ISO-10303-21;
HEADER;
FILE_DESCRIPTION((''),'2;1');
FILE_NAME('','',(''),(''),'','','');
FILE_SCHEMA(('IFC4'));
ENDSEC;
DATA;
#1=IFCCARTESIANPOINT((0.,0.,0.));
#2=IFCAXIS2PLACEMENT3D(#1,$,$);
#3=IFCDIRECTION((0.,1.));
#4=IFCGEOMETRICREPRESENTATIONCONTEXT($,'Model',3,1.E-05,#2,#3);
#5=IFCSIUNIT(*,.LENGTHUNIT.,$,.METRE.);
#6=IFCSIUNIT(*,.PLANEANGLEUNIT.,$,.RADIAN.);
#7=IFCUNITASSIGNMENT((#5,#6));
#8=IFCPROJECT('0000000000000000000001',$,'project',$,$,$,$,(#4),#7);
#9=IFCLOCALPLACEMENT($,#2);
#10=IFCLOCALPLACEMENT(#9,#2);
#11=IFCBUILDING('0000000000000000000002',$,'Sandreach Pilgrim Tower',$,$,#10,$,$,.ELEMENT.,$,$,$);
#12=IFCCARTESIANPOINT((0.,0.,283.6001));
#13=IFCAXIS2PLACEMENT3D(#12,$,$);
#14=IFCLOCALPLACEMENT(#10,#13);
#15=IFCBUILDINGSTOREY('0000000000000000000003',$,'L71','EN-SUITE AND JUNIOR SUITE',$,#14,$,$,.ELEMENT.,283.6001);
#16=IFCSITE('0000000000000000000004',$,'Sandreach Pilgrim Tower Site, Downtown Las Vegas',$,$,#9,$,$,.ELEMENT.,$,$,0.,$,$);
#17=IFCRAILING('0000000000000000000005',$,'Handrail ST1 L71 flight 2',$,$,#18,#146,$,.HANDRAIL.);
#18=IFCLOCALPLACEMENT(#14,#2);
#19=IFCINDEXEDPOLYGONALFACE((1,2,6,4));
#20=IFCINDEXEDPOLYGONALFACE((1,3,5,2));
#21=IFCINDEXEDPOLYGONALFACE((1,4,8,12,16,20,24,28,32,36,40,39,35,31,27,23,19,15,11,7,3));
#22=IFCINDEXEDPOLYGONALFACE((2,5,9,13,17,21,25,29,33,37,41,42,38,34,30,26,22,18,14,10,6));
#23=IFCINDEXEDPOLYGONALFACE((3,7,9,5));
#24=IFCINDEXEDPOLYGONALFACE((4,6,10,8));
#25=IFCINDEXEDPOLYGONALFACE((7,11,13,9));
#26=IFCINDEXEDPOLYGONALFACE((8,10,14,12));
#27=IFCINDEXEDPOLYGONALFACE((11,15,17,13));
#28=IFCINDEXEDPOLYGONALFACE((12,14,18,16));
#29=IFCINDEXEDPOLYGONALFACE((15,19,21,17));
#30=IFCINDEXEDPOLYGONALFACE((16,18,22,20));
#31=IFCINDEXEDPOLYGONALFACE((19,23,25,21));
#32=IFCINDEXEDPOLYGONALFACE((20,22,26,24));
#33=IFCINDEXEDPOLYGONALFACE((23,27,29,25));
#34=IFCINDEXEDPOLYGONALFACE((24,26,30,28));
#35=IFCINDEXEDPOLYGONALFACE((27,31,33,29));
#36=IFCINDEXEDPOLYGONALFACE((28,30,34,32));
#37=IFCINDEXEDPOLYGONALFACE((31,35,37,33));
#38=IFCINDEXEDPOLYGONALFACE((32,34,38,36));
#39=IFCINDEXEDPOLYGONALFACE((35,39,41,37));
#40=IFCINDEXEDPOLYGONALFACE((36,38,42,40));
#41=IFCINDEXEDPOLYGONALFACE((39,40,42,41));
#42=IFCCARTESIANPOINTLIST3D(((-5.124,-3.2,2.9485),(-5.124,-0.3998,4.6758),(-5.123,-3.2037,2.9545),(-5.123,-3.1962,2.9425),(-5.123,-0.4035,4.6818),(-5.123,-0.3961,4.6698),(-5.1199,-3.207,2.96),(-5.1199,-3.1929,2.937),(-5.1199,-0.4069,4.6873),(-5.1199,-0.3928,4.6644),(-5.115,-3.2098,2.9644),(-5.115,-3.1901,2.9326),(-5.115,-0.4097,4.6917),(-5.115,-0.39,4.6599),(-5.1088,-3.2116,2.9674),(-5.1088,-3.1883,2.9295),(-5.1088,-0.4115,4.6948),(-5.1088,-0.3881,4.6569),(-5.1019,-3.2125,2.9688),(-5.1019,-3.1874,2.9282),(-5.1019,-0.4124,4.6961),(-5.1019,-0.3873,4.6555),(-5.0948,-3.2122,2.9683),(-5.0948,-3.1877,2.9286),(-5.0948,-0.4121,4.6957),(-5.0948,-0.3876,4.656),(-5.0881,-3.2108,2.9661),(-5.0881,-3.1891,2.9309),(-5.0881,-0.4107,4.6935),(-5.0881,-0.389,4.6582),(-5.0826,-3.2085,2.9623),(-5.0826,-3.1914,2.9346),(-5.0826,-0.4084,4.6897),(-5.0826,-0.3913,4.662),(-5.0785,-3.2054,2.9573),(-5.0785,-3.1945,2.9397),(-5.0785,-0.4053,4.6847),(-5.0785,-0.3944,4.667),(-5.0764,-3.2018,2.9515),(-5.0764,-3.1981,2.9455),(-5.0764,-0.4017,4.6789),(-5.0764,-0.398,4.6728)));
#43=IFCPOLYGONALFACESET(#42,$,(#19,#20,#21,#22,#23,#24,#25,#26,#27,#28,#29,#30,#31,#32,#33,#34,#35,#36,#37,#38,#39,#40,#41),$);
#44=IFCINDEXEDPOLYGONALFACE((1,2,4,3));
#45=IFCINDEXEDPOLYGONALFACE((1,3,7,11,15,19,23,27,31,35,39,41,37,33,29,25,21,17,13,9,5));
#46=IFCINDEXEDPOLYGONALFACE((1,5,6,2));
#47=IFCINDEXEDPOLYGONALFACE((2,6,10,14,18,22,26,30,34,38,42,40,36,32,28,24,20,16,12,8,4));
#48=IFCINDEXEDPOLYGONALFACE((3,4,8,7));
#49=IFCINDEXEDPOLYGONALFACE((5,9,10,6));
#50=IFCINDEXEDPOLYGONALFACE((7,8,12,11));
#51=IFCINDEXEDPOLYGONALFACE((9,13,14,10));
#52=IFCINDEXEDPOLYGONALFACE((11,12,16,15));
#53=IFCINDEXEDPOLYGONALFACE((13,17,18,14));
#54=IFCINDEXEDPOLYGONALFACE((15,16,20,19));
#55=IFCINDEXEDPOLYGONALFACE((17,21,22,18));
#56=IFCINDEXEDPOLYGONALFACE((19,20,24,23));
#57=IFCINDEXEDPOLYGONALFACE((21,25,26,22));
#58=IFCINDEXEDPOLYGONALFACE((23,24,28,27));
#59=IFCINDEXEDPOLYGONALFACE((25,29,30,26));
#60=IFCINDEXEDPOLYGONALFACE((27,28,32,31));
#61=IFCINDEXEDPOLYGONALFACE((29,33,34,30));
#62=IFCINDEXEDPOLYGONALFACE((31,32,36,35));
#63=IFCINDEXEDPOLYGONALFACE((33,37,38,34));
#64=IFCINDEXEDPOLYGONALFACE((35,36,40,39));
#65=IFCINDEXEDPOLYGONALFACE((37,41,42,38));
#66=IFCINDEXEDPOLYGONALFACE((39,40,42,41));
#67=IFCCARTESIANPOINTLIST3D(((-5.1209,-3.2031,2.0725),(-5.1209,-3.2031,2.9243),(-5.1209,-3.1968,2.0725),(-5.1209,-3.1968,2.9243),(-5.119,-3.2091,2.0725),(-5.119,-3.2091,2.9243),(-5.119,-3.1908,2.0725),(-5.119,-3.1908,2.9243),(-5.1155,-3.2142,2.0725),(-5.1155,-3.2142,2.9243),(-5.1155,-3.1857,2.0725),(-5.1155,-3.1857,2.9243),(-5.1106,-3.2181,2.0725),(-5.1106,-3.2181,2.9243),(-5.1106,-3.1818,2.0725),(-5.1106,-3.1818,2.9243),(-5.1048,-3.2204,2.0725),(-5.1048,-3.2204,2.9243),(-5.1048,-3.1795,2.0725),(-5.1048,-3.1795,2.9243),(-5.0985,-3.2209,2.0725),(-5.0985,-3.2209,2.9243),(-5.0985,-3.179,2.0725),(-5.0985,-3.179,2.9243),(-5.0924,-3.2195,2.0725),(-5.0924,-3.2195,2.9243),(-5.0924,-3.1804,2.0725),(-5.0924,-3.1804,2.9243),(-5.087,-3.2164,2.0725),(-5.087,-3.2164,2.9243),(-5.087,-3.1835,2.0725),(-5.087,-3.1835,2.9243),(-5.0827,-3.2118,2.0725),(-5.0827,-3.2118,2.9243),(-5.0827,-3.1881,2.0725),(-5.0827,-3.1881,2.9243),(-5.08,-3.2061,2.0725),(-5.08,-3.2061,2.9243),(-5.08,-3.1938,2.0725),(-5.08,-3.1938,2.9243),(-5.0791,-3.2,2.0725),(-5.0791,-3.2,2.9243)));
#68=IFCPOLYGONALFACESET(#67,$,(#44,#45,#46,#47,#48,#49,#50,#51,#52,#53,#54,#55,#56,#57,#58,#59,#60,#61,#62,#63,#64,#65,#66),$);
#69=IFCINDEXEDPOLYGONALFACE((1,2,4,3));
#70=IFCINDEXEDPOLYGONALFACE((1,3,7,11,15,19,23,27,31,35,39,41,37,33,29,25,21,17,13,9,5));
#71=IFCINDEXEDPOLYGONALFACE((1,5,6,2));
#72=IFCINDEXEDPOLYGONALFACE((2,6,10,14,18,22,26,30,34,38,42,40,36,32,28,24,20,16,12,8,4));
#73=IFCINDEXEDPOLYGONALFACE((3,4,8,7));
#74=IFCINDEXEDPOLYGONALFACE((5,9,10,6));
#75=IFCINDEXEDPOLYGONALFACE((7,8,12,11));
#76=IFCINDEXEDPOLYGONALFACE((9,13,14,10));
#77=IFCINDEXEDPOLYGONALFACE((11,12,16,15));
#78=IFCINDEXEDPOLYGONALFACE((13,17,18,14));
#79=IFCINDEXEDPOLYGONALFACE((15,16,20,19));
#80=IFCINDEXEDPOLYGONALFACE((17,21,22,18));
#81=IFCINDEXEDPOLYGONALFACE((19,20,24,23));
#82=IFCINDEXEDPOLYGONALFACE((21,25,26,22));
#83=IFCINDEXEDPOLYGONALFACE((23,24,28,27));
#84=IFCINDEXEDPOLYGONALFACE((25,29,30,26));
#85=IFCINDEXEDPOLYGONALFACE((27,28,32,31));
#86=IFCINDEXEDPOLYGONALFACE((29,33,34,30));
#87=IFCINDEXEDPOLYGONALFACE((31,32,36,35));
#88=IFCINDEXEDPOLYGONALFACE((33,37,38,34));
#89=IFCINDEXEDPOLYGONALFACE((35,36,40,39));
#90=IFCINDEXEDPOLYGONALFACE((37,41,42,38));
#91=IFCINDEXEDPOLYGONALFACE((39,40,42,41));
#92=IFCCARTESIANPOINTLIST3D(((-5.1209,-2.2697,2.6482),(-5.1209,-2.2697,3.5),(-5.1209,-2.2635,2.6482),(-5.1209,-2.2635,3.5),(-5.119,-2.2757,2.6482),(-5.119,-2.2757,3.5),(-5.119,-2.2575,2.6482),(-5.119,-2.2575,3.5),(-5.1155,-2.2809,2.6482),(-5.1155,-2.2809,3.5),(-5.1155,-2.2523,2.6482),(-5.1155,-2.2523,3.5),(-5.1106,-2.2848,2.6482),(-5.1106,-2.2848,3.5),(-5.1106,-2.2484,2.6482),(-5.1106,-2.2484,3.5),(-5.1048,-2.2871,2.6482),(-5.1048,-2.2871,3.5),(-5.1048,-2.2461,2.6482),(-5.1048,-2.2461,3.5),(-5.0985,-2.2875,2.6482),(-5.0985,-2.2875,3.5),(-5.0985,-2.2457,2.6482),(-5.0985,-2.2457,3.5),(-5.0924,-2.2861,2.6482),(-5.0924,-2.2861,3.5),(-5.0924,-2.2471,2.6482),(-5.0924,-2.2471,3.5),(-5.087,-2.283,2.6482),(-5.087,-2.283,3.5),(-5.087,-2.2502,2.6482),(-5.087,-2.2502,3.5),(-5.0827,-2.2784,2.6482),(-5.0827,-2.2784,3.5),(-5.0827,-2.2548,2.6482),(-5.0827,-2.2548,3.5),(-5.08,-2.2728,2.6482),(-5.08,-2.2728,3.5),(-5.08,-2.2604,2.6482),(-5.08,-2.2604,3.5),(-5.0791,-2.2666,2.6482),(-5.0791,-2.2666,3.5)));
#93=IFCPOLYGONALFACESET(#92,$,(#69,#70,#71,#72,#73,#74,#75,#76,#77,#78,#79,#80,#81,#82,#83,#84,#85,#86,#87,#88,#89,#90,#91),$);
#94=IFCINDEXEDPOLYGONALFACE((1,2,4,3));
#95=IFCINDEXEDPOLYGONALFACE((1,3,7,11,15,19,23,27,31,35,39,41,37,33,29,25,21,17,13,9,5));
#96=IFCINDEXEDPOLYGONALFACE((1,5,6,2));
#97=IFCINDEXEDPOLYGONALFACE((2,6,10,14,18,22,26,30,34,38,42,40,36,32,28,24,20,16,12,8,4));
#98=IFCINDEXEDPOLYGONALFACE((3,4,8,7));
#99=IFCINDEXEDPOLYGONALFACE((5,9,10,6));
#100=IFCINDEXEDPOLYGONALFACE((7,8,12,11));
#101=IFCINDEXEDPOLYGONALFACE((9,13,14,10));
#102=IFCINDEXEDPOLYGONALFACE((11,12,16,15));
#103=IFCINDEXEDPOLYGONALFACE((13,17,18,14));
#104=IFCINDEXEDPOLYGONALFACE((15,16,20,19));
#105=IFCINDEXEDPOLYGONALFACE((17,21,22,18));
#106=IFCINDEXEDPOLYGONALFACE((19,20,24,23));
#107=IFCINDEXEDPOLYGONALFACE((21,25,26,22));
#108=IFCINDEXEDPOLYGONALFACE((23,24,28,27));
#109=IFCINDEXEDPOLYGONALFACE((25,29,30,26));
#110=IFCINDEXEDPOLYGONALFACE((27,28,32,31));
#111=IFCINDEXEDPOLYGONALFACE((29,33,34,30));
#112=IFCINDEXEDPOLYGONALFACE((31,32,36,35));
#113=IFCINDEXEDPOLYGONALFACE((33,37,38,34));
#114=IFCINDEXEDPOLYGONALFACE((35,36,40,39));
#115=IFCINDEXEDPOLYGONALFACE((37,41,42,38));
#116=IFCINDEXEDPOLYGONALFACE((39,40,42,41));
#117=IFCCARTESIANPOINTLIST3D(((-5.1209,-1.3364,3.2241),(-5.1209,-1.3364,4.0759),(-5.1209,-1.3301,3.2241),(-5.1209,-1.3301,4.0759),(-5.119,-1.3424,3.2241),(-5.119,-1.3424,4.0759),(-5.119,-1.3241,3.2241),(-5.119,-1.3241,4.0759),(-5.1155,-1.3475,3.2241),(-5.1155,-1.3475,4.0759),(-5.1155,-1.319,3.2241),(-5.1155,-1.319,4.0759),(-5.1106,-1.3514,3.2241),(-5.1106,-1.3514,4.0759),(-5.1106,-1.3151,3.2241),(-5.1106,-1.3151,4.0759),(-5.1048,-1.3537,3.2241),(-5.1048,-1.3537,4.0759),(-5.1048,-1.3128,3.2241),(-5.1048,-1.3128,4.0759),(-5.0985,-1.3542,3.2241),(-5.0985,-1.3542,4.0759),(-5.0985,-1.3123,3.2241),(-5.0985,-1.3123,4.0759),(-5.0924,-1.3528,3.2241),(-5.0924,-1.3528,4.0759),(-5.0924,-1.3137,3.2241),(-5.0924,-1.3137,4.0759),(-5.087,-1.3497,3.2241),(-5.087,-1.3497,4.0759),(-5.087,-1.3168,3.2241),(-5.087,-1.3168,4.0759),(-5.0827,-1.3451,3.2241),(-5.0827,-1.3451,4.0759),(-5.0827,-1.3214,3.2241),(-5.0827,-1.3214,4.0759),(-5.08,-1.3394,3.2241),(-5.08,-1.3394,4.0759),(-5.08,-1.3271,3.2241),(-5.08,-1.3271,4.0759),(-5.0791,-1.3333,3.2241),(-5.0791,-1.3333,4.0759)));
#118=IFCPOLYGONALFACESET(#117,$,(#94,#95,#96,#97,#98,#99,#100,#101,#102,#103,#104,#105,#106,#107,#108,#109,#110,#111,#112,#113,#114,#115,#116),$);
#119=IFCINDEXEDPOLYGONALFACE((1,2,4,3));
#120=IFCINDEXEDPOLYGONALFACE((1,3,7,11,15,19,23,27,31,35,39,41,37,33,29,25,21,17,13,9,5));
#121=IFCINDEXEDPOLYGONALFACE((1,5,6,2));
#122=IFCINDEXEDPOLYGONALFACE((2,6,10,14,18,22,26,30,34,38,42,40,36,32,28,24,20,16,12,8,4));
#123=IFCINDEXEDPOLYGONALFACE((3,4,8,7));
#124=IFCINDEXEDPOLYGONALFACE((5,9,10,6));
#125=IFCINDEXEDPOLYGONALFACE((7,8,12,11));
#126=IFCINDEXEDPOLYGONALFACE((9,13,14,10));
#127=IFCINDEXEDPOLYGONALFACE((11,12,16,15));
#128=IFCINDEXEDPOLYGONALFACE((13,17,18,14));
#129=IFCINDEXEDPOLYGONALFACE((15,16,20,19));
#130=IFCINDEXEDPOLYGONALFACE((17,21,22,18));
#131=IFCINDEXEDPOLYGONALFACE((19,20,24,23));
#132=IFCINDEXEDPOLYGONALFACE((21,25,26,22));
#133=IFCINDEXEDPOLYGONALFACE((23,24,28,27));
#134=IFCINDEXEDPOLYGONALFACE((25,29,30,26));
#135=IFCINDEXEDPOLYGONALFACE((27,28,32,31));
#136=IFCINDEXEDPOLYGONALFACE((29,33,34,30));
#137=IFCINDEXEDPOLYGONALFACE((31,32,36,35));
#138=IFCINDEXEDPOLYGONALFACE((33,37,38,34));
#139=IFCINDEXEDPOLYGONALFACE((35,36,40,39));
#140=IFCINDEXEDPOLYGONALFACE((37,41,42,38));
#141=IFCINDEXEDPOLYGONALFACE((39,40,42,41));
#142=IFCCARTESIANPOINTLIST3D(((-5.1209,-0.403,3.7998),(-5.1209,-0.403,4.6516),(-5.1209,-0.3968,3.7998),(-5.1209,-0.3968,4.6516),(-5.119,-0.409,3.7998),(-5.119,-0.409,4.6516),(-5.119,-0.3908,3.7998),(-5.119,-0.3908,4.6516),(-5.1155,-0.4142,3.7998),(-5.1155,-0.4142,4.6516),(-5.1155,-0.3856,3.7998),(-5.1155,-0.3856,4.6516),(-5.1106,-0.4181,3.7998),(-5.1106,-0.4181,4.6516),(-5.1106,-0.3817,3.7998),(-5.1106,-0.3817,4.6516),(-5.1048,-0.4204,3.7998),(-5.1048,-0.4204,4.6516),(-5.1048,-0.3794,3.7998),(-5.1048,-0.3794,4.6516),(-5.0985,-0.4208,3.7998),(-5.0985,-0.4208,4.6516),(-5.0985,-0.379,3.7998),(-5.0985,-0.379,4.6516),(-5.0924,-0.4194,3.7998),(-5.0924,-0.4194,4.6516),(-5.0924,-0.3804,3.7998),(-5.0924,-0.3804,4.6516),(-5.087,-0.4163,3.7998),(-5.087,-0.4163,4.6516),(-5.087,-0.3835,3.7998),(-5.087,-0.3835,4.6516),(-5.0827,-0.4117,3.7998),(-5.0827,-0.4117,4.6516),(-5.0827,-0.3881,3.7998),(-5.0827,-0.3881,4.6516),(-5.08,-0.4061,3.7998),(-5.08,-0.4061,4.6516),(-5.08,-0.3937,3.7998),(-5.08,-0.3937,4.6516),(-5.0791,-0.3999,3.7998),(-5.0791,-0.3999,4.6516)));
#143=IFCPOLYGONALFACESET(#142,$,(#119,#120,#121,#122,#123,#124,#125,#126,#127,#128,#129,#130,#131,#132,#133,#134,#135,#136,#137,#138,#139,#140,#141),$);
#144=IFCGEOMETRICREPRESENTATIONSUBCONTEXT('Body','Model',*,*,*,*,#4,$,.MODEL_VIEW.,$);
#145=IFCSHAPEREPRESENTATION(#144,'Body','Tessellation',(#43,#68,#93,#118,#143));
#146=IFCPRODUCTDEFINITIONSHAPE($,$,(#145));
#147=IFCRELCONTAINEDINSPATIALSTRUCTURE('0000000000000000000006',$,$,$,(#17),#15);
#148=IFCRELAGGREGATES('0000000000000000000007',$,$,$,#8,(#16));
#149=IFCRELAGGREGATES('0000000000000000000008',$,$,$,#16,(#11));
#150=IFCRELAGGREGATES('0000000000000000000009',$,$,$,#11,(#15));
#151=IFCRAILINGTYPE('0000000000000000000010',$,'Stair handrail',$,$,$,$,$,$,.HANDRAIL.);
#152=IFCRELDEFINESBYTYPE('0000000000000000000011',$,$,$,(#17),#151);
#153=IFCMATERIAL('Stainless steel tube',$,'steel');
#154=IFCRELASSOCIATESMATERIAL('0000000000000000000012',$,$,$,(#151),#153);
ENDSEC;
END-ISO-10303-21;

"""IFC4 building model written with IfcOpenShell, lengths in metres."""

from ifc_helpers import new_model, si_unit, direction, frame, origin, origin_2d, place, context, subcontext, project, spatial, circle, extrude, material, type_object, element, save


model = new_model("IFC4")

# Units and contexts
model_context = context("Model", 3, precision=1e-05, world=origin(), true_north=direction((0.0, 1.0)))
body_context = subcontext(model_context, "Body", "Model", "MODEL_VIEW")
ifc_project = project(units=[si_unit("LENGTHUNIT", "METRE"), si_unit("PLANEANGLEUNIT", "RADIAN")], contexts=[model_context])

# Site, building, storey
site_placement = place(None, origin())
site = spatial("IfcSite", under=ifc_project, at=site_placement, Name="Sandreach Pilgrim Tower Site, Downtown Las Vegas", CompositionType="ELEMENT", RefElevation=0.0)
building_placement = place(site_placement, origin())
building = spatial("IfcBuilding", under=site, at=building_placement, Name="Sandreach Pilgrim Tower", CompositionType="ELEMENT")
storey_placement = place(building_placement, frame((0.0, 0.0, 283.6001)))
storey = spatial("IfcBuildingStorey", under=building, at=storey_placement, Name="L71", Description="EN-SUITE AND JUNIOR SUITE", CompositionType="ELEMENT", Elevation=283.6001)

# Railing
ifc_material_1 = material(Name="Stainless steel tube", Category="steel")
railing_type = type_object("IfcRailingType", Name="Stair handrail", PredefinedType="HANDRAIL", material=ifc_material_1)
for number, where, name in (
    (1, (-5.1001, -3.2, 2.0725), "Handrail ST1 L71 flight 2"),
):
    element("IfcRailing", number, at=place(storey_placement, frame(where)), inside=storey, type_object=railing_type, Name=name, PredefinedType="HANDRAIL", context=body_context, shape_type="SweptSolid", body=[
        extrude(circle(Radius=0.0239, at=origin_2d()), frame((0.0, 0.0, 0.876), z_axis=(0.0, 0.85109, 0.52502), x_axis=(-1.0, 0.0, 0.0)), (0.0, 0.0, 1.0), 3.29),
        extrude(circle(Radius=0.021, at=origin_2d()), origin(), (0.0, 0.0, 1.0), 0.8518),
        extrude(circle(Radius=0.021, at=origin_2d()), frame((0.0, 0.9333, 0.5757)), (0.0, 0.0, 1.0), 0.8518),
        extrude(circle(Radius=0.021, at=origin_2d()), frame((0.0, 1.8667, 1.1516)), (0.0, 0.0, 1.0), 0.8518),
        extrude(circle(Radius=0.021, at=origin_2d()), frame((0.0, 2.8, 1.7273)), (0.0, 0.0, 1.0), 0.8518),
    ])

save(model, "model.ifc")
